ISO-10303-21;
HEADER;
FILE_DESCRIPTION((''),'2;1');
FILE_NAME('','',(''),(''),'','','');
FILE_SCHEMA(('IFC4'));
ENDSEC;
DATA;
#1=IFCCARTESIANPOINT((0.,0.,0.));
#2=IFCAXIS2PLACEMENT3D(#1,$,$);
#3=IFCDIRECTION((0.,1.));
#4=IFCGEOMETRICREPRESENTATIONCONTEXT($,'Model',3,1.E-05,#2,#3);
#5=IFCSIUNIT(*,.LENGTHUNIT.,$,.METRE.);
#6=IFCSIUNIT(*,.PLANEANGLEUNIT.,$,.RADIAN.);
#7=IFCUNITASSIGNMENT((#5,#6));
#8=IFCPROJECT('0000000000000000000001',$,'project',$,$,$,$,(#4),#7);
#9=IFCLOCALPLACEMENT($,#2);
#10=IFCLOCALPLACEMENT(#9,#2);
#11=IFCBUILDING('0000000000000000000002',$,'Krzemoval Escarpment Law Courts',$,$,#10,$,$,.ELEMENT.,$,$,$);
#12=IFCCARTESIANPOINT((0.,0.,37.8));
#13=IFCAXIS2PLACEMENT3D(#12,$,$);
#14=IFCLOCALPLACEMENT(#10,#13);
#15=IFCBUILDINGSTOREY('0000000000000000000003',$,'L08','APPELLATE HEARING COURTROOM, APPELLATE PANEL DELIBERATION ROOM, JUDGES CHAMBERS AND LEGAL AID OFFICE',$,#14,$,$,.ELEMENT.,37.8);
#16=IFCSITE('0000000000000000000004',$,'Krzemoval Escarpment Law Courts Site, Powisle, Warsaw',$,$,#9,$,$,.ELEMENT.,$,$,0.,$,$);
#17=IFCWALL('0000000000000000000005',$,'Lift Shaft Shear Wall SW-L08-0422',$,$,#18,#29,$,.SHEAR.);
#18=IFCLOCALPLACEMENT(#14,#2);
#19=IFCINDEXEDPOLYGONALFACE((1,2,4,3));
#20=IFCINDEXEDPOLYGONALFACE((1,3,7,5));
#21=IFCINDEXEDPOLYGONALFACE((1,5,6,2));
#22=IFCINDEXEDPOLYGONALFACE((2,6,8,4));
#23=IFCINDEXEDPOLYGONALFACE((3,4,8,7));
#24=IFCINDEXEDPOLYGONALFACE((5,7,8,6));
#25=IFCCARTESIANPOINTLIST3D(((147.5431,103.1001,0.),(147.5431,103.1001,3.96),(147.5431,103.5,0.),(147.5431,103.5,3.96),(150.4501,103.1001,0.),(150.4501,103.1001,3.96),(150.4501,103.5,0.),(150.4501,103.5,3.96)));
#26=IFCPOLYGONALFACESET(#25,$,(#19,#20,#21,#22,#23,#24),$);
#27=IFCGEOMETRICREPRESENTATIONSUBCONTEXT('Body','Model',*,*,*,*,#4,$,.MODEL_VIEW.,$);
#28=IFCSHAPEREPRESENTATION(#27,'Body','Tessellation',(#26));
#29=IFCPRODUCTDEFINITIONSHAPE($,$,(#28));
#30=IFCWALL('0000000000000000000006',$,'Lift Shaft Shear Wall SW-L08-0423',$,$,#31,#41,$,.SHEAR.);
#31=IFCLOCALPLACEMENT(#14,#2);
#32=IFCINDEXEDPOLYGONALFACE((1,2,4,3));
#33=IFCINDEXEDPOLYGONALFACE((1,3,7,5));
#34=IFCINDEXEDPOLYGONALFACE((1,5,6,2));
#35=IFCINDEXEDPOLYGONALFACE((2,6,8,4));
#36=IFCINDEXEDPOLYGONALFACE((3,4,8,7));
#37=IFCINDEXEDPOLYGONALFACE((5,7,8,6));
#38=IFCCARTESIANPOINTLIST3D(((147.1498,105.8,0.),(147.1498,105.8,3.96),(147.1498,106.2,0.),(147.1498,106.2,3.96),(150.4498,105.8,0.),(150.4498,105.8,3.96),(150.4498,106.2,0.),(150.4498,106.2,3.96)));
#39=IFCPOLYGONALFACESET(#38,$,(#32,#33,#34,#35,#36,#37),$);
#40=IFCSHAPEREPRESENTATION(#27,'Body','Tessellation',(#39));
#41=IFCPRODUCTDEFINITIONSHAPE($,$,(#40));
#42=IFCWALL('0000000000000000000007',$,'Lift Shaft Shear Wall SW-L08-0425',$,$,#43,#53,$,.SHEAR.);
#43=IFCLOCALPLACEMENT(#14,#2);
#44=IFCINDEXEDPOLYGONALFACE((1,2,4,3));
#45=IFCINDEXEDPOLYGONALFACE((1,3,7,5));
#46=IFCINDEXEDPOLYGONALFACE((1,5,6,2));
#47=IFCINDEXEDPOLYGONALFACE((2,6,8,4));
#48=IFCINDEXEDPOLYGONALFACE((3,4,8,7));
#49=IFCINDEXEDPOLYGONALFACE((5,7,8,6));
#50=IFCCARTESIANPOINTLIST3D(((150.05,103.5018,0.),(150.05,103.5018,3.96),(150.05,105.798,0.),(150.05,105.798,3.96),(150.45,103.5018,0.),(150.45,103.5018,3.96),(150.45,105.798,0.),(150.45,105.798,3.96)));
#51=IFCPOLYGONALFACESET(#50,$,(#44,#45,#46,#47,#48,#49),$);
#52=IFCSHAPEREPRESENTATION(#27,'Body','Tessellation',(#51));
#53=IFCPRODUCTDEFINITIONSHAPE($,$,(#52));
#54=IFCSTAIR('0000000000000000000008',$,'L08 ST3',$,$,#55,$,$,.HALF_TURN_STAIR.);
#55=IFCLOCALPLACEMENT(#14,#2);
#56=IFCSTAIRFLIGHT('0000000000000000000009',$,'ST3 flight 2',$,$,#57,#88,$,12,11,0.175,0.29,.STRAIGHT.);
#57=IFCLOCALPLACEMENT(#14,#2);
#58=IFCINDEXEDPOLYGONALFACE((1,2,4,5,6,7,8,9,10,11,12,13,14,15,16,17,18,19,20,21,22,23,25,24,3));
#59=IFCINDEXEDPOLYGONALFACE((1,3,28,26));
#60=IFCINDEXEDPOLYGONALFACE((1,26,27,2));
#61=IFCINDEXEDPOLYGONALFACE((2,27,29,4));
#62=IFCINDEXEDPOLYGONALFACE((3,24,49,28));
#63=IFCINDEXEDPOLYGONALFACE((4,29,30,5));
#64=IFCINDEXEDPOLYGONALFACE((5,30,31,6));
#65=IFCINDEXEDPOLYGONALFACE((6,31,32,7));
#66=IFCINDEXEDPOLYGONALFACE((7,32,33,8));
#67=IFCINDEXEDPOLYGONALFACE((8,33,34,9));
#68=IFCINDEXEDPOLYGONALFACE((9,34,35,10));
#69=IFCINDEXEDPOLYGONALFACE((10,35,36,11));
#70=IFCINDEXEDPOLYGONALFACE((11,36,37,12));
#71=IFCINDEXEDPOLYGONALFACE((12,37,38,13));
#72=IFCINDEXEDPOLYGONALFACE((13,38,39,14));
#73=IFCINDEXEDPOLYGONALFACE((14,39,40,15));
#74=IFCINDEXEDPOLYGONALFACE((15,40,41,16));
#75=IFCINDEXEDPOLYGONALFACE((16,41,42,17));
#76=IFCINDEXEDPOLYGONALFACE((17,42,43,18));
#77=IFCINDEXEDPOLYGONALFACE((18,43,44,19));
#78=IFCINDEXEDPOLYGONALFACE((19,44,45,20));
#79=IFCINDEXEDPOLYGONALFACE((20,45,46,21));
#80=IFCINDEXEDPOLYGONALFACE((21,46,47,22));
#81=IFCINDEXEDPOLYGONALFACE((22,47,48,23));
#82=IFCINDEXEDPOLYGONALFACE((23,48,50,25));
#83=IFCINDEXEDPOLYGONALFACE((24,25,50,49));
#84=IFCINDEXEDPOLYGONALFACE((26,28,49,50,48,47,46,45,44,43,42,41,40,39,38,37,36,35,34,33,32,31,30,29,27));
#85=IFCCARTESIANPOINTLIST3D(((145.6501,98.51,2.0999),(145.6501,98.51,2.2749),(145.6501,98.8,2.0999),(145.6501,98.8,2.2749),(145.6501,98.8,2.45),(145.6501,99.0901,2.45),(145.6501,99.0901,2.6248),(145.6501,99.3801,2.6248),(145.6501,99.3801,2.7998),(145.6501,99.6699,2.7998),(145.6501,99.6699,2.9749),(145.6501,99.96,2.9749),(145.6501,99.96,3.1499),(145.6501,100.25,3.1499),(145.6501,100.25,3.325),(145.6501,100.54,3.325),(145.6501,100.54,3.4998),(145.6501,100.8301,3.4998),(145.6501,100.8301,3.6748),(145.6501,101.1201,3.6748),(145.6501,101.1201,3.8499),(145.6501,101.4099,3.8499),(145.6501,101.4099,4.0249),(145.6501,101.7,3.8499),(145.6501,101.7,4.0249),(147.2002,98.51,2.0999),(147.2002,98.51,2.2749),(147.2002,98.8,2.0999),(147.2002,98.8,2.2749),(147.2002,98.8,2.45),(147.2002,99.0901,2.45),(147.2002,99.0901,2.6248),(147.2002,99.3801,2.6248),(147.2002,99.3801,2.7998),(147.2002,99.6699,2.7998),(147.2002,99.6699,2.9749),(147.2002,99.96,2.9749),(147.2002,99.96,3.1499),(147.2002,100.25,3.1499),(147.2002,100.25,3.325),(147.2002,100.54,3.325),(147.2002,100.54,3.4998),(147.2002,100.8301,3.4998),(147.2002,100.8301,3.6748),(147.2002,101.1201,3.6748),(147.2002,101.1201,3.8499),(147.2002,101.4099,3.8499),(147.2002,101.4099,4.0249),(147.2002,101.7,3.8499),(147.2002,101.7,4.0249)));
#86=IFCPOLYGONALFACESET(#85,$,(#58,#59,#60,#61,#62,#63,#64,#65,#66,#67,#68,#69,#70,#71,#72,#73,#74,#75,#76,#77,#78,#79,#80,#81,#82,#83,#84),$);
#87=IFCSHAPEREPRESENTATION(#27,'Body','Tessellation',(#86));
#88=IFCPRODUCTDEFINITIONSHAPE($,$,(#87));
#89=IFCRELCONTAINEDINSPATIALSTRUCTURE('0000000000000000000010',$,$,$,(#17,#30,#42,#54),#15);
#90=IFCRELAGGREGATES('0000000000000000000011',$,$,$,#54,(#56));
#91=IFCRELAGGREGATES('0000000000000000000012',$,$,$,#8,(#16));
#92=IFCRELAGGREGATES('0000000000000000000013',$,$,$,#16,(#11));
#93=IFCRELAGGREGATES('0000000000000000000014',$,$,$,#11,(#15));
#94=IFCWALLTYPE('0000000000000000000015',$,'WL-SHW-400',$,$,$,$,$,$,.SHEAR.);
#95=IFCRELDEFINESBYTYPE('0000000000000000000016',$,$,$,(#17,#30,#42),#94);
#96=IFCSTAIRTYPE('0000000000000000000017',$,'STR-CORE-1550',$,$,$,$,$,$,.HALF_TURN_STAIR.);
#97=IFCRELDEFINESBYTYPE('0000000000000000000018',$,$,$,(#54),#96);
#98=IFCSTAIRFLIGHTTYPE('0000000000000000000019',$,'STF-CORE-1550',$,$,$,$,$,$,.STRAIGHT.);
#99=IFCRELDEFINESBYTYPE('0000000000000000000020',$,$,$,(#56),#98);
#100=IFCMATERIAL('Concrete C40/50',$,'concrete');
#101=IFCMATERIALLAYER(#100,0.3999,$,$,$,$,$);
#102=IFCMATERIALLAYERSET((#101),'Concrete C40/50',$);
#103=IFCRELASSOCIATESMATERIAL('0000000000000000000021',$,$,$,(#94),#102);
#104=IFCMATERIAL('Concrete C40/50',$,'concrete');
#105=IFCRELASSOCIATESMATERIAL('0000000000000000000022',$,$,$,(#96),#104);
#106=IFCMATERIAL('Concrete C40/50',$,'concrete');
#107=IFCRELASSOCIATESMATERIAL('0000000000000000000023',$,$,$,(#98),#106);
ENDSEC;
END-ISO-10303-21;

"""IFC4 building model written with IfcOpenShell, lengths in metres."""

from ifc_helpers import new_model, si_unit, direction, frame, frame_2d, origin, place, context, subcontext, project, spatial, polyline, rectangle, outline, extrude, material, layer, layer_set, type_object, element, aggregate, save


model = new_model("IFC4")

# Units and contexts
model_context = context("Model", 3, precision=1e-05, world=origin(), true_north=direction((0.0, 1.0)))
body_context = subcontext(model_context, "Body", "Model", "MODEL_VIEW")
ifc_project = project(units=[si_unit("LENGTHUNIT", "METRE"), si_unit("PLANEANGLEUNIT", "RADIAN")], contexts=[model_context])

# Site, building, storey
site_placement = place(None, origin())
site = spatial("IfcSite", under=ifc_project, at=site_placement, Name="Krzemoval Escarpment Law Courts Site, Powisle, Warsaw", CompositionType="ELEMENT", RefElevation=0.0)
building_placement = place(site_placement, origin())
building = spatial("IfcBuilding", under=site, at=building_placement, Name="Krzemoval Escarpment Law Courts", CompositionType="ELEMENT")
storey_placement = place(building_placement, frame((0.0, 0.0, 37.8)))
storey = spatial("IfcBuildingStorey", under=building, at=storey_placement, Name="L08", Description="APPELLATE HEARING COURTROOM, APPELLATE PANEL DELIBERATION ROOM, JUDGES CHAMBERS AND LEGAL AID OFFICE", CompositionType="ELEMENT", Elevation=37.8)

# Walls
ifc_material_1 = material(Name="Concrete C40/50", Category="concrete")
ifc_layer_1 = layer(ifc_material_1, 0.3999)
ifc_layer_set_1 = layer_set([ifc_layer_1], Name="Concrete C40/50")
wall_type_1 = type_object("IfcWallType", Name="WL-SHW-400", PredefinedType="SHEAR", material=ifc_layer_set_1)
wall_1_placement = place(storey_placement, frame((147.543, 103.3, 0.0), z_axis=(0.0, 0.0, 1.0), x_axis=(1.0, 0.0, 0.0)))
element("IfcWall", 1, at=wall_1_placement, inside=storey, type_object=wall_type_1, Name="Lift Shaft Shear Wall SW-L08-0422", PredefinedType="SHEAR", context=body_context, shape_type="SweptSolid", body=[
    extrude(rectangle(XDim=2.907, YDim=0.3999, at=frame_2d((1.4536, 0.0))), origin(), (0.0, 0.0, 1.0), 3.96),
])
wall_2_placement = place(storey_placement, frame((147.1499, 106.0, 0.0), z_axis=(0.0, 0.0, 1.0), x_axis=(1.0, 0.0, 0.0)))
element("IfcWall", 2, at=wall_2_placement, inside=storey, type_object=wall_type_1, Name="Lift Shaft Shear Wall SW-L08-0423", PredefinedType="SHEAR", context=body_context, shape_type="SweptSolid", body=[
    extrude(rectangle(XDim=3.3, YDim=0.3999, at=frame_2d((1.6499, 0.0))), origin(), (0.0, 0.0, 1.0), 3.96),
])

# Wall
wall_3_placement = place(storey_placement, frame((150.25, 103.502, 0.0), z_axis=(0.0, 0.0, 1.0), x_axis=(0.0, 1.0, 0.0)))
element("IfcWall", 3, at=wall_3_placement, inside=storey, type_object=wall_type_1, Name="Lift Shaft Shear Wall SW-L08-0425", PredefinedType="SHEAR", context=body_context, shape_type="SweptSolid", body=[
    extrude(rectangle(XDim=2.2961, YDim=0.3999, at=frame_2d((1.1479, 0.0))), origin(), (0.0, 0.0, 1.0), 3.96),
])

# Stair, stair flight
ifc_material_2 = material(Name="Concrete C40/50", Category="concrete")
stair_type = type_object("IfcStairType", Name="STR-CORE-1550", PredefinedType="HALF_TURN_STAIR", material=ifc_material_2)
stair_placement = place(storey_placement, origin())
stair = element("IfcStair", 4, at=stair_placement, inside=storey, type_object=stair_type, Name="L08 ST3", PredefinedType="HALF_TURN_STAIR")
ifc_material_3 = material(Name="Concrete C40/50", Category="concrete")
stair_flight_type = type_object("IfcStairFlightType", Name="STF-CORE-1550", PredefinedType="STRAIGHT", material=ifc_material_3)
stair_flight_placement = place(storey_placement, frame((146.425, 98.51, 2.0999), z_axis=(0.0, 0.0, 1.0), x_axis=(0.0, 1.0, 0.0)))
stair_flight = element("IfcStairFlight", 5, at=stair_flight_placement, type_object=stair_flight_type, Name="ST3 flight 2", NumberOfRisers=12, NumberOfTreads=11, PredefinedType="STRAIGHT", RiserHeight=0.175, TreadLength=0.29, context=body_context, shape_type="SweptSolid", body=[
    extrude(outline(polyline([(0.0, 0.0), (0.0, 0.175), (0.29, 0.175), (0.29, 0.3501), (0.5801, 0.3501), (0.5801, 0.5249), (0.8701, 0.5249), (0.8701, 0.7), (1.1599, 0.7), (1.1599, 0.875), (1.45, 0.875), (1.45, 1.05), (1.74, 1.05), (1.74, 1.2251), (2.03, 1.2251), (2.03, 1.3999), (2.3201, 1.3999), (2.3201, 1.575), (2.6101, 1.575), (2.6101, 1.75), (2.8999, 1.75), (2.8999, 1.925), (3.1899, 1.925), (3.1899, 2.1001), (3.1899, 1.75), (0.29, 0.0), (0.0, 0.0)])), frame((0.0, 0.7749, 0.0), z_axis=(0.0, -1.0, 0.0), x_axis=(1.0, 0.0, 0.0)), (0.0, 0.0, 1.0), 1.55),
])
aggregate(stair, [stair_flight])

save(model, "model.ifc")
